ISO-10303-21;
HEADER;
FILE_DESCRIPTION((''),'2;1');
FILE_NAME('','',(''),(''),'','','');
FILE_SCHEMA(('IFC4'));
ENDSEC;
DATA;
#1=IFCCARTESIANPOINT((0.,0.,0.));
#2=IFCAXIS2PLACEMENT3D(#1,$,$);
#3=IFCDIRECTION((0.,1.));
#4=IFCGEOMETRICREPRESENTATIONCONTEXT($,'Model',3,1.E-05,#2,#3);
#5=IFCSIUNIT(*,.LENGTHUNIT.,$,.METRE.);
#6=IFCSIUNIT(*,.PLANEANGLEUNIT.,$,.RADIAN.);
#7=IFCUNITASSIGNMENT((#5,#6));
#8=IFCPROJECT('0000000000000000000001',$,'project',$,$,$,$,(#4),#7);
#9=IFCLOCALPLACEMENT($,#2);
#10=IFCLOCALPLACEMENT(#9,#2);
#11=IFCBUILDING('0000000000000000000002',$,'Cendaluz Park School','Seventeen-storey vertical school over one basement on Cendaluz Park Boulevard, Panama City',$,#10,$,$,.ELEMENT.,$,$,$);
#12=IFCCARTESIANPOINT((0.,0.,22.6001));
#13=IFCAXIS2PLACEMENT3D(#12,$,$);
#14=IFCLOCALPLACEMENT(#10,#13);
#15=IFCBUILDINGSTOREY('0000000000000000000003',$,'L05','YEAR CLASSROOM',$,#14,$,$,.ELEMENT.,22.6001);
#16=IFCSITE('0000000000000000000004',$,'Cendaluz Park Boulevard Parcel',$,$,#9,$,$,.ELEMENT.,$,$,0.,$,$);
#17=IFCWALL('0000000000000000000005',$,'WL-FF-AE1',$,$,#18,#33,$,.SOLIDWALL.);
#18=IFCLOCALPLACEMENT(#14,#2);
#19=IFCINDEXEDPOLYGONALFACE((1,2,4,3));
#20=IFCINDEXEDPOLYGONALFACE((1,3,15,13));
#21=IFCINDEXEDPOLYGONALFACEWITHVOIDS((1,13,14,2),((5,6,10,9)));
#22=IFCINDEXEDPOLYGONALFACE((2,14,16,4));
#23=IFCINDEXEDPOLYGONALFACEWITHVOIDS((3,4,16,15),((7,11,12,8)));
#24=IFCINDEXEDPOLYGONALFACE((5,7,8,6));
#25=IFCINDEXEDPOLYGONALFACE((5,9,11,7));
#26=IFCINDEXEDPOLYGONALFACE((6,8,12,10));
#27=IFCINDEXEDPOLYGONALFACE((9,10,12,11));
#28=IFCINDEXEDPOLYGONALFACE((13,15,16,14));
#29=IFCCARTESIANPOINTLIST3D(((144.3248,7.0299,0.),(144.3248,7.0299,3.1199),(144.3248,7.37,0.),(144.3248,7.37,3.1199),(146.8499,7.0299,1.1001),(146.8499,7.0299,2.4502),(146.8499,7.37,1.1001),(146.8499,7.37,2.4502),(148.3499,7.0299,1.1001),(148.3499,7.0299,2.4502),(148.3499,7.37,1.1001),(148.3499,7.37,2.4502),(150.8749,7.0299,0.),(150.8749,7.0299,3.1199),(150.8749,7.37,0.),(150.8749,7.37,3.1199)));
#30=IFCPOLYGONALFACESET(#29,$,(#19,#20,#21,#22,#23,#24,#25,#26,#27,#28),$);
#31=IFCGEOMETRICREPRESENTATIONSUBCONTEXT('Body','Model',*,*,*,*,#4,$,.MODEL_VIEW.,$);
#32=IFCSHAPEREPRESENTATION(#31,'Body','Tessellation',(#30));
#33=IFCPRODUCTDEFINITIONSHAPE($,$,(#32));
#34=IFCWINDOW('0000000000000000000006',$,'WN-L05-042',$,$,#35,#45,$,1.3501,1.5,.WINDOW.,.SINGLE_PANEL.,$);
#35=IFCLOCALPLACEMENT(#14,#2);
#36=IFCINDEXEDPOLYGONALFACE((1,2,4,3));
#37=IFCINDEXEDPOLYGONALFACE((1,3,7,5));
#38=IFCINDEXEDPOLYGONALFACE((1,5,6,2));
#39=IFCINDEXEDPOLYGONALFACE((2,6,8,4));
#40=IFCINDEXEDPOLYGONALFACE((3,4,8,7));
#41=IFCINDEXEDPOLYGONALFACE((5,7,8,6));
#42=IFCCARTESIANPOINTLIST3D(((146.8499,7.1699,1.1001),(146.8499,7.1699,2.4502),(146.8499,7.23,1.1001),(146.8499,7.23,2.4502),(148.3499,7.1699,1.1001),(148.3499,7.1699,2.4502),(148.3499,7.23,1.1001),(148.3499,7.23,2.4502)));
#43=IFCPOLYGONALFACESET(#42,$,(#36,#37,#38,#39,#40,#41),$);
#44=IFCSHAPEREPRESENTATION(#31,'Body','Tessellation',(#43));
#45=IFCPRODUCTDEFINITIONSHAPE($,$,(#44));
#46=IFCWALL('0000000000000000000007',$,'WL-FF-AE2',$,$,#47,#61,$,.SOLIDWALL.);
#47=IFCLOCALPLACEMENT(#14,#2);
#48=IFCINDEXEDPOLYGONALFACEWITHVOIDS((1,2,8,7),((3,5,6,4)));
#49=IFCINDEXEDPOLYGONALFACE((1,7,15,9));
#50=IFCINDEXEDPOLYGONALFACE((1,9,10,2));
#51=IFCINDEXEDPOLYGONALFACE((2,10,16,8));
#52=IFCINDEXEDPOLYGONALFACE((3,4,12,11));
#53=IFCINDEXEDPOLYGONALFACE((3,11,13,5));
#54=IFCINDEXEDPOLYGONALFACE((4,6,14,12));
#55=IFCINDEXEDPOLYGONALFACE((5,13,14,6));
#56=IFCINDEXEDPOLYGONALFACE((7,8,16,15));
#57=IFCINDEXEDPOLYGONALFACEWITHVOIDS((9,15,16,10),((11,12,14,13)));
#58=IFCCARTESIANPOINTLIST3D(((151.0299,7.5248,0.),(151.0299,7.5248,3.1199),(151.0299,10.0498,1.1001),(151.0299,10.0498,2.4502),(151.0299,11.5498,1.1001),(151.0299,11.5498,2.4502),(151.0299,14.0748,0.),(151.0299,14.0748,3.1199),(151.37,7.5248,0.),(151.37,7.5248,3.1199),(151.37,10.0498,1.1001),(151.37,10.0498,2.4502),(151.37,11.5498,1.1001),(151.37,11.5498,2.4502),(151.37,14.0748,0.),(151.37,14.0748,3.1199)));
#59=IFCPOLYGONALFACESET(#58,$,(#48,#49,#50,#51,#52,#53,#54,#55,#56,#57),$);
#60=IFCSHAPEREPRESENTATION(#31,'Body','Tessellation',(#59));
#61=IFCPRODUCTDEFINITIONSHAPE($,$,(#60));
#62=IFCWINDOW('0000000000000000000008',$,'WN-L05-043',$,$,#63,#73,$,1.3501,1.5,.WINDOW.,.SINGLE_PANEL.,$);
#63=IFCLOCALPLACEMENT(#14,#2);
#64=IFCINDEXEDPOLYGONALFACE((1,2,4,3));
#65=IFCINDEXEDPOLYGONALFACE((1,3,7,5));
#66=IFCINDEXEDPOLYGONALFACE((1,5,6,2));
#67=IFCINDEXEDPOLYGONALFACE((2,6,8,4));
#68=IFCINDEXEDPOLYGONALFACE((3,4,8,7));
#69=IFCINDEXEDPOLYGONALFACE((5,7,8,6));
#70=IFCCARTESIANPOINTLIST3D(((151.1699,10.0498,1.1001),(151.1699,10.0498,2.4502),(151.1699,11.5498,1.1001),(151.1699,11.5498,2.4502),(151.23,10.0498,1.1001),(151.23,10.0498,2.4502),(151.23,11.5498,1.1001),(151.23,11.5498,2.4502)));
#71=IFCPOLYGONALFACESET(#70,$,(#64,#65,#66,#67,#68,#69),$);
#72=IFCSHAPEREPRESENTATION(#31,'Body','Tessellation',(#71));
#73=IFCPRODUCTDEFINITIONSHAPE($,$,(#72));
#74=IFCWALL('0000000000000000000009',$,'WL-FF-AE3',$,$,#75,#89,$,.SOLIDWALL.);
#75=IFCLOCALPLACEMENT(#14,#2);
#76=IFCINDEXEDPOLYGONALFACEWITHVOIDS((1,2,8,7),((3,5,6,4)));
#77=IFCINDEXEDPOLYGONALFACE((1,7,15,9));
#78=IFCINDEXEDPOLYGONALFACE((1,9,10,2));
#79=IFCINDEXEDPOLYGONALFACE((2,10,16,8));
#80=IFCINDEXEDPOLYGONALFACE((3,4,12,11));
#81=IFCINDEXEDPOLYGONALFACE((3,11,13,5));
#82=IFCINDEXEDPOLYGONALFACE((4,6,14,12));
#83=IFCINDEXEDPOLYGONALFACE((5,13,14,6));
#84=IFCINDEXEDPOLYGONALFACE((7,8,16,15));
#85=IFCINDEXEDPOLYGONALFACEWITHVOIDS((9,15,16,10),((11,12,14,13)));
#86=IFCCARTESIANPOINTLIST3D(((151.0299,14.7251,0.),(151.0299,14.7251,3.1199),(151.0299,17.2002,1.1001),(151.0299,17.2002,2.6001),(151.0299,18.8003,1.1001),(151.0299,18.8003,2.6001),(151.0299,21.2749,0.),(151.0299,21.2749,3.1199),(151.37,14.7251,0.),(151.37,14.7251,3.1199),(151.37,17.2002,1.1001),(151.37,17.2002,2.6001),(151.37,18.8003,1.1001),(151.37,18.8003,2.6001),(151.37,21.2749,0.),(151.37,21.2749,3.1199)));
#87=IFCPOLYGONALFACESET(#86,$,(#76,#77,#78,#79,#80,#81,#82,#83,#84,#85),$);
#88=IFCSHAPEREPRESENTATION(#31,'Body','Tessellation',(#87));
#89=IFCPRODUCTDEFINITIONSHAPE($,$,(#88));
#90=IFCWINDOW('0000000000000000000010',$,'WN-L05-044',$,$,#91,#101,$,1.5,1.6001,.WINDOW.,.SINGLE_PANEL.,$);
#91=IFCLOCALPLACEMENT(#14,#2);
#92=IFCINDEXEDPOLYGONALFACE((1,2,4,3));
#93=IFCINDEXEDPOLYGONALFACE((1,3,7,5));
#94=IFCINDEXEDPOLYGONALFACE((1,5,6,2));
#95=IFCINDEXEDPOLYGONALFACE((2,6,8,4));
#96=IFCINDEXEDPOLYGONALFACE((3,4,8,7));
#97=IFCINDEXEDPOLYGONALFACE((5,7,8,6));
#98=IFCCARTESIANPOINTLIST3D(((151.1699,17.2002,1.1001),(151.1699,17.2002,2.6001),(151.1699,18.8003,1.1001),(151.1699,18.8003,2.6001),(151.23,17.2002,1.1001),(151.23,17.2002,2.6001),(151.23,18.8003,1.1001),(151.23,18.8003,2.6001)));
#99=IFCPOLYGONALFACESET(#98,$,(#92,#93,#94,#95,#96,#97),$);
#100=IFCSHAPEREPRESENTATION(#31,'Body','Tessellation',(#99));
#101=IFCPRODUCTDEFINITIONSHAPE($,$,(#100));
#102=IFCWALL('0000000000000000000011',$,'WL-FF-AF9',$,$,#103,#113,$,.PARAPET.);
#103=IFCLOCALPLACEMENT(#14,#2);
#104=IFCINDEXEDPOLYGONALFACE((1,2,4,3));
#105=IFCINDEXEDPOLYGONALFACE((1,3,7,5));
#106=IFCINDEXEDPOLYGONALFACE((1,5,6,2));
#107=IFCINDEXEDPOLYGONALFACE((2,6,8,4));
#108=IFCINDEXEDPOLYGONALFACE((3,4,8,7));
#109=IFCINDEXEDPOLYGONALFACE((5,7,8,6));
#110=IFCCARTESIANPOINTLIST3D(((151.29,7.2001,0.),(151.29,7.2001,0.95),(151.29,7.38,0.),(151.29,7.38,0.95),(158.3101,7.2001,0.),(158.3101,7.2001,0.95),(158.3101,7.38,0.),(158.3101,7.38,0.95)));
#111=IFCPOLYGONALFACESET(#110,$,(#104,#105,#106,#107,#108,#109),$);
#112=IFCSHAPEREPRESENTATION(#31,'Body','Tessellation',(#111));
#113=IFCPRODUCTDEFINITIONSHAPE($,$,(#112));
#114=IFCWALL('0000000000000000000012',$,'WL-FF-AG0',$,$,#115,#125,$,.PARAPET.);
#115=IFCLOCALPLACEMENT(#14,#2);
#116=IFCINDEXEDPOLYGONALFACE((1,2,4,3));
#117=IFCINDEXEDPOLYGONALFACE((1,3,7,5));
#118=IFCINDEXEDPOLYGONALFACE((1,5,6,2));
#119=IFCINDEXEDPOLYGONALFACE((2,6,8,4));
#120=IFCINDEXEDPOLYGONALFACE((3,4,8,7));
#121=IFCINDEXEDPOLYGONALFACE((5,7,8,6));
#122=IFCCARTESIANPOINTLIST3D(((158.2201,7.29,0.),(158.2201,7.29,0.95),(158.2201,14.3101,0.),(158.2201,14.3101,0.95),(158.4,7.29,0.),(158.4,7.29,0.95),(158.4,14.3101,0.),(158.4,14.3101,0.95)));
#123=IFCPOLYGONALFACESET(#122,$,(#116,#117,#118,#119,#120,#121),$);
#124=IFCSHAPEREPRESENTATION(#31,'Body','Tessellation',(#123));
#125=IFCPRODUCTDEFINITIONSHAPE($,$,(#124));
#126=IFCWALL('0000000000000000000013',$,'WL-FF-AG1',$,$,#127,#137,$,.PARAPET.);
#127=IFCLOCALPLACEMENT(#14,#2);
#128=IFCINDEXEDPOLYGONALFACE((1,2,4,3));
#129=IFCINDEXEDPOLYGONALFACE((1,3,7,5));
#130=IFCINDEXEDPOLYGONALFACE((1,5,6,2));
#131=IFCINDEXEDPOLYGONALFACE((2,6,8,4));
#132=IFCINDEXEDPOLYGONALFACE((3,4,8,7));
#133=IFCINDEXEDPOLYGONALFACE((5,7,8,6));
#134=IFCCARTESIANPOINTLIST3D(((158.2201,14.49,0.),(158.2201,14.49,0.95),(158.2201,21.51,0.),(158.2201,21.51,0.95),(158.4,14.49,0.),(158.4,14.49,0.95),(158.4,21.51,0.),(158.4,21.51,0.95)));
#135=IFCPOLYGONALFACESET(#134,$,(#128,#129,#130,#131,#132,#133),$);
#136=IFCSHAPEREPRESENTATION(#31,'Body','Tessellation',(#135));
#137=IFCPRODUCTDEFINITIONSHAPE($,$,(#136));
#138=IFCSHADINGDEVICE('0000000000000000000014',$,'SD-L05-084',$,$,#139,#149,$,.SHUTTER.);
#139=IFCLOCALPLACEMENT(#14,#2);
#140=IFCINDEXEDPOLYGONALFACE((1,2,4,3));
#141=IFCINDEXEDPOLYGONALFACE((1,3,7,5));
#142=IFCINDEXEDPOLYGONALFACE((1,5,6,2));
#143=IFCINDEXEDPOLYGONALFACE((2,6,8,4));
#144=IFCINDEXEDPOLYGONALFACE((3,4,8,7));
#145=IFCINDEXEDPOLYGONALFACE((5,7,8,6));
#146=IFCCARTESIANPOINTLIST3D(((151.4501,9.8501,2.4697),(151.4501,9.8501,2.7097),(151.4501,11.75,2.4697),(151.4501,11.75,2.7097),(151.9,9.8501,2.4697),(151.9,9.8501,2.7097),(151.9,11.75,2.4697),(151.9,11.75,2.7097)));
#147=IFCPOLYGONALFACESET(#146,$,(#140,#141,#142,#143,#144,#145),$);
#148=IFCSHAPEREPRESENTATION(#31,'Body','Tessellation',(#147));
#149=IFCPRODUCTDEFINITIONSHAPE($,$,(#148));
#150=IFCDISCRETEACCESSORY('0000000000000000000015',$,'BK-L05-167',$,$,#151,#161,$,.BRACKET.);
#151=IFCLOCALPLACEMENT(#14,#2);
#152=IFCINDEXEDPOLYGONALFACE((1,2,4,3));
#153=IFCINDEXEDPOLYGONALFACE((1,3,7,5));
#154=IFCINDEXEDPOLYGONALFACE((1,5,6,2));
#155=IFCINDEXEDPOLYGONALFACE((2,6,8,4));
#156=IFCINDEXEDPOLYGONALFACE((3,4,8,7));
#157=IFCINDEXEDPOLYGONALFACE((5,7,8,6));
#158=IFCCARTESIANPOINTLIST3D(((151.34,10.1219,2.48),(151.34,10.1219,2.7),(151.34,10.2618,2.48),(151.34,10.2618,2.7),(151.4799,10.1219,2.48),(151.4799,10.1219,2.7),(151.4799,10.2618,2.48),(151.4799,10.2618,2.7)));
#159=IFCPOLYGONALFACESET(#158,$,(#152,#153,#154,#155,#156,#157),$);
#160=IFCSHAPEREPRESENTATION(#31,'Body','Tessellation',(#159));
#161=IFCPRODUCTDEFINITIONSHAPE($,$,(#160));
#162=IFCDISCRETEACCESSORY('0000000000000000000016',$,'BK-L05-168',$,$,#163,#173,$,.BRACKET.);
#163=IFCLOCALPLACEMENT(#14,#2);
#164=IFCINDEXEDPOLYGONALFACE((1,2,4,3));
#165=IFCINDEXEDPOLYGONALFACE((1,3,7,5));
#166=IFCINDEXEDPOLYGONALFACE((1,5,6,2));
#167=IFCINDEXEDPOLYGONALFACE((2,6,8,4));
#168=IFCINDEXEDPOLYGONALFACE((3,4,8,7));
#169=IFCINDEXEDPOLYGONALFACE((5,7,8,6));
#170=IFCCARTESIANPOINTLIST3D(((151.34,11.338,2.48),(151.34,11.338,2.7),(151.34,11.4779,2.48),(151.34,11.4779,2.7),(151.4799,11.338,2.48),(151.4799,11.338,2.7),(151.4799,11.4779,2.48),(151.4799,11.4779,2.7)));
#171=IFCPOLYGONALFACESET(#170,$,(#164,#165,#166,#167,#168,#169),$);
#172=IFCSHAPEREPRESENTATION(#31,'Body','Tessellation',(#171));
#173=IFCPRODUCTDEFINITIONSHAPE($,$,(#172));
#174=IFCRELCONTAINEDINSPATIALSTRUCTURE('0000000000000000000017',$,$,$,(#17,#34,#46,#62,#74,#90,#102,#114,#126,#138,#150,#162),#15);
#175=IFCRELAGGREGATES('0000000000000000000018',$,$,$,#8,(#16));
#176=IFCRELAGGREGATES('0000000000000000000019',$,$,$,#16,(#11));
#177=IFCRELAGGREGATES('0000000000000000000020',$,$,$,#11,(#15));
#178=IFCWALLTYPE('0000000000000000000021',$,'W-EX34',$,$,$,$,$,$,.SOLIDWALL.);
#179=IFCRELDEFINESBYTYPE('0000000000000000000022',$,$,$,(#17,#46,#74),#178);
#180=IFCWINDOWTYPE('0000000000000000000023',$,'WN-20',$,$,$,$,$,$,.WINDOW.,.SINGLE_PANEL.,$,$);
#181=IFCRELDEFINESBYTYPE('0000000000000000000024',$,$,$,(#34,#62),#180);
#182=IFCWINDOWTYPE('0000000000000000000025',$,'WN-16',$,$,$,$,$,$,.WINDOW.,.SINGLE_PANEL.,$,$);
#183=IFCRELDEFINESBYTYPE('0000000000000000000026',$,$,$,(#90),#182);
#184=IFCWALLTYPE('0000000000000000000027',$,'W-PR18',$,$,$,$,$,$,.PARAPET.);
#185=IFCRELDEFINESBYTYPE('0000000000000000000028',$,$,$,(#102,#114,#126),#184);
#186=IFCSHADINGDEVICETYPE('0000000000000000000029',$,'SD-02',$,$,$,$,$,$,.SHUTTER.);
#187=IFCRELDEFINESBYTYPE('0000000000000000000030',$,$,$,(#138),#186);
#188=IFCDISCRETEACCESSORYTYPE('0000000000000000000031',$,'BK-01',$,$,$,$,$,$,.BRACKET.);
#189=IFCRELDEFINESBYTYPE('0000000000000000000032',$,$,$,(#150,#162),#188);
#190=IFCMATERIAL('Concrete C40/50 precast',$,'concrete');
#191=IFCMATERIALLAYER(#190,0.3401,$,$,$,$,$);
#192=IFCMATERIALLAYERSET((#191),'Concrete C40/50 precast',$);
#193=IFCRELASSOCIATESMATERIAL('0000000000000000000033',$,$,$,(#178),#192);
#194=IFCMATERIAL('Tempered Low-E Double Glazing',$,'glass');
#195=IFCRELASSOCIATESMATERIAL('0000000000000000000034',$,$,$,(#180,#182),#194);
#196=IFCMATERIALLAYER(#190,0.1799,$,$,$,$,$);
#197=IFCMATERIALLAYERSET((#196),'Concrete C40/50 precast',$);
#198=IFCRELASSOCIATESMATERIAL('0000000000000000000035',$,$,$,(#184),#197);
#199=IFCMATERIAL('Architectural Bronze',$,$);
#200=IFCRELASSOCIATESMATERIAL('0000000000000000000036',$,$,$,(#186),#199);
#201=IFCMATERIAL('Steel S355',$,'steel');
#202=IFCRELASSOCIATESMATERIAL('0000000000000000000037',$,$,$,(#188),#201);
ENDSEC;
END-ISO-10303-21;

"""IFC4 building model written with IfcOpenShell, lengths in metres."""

from ifc_helpers import new_model, si_unit, direction, frame, frame_2d, origin, origin_2d, place, context, subcontext, project, spatial, rectangle, extrude, material, layer, layer_set, type_object, element, fill, save


model = new_model("IFC4")

# Units and contexts
model_context = context("Model", 3, precision=1e-05, world=origin(), true_north=direction((0.0, 1.0)))
body_context = subcontext(model_context, "Body", "Model", "MODEL_VIEW")
ifc_project = project(units=[si_unit("LENGTHUNIT", "METRE"), si_unit("PLANEANGLEUNIT", "RADIAN")], contexts=[model_context])

# Site, building, storey
site_placement = place(None, origin())
site = spatial("IfcSite", under=ifc_project, at=site_placement, Name="Cendaluz Park Boulevard Parcel", CompositionType="ELEMENT", RefElevation=0.0)
building_placement = place(site_placement, origin())
building = spatial("IfcBuilding", under=site, at=building_placement, Name="Cendaluz Park School", Description="Seventeen-storey vertical school over one basement on Cendaluz Park Boulevard, Panama City", CompositionType="ELEMENT")
storey_placement = place(building_placement, frame((0.0, 0.0, 22.6001)))
storey = spatial("IfcBuildingStorey", under=building, at=storey_placement, Name="L05", Description="YEAR CLASSROOM", CompositionType="ELEMENT", Elevation=22.6001)

# Walls, openings, windows
ifc_material_1 = material(Name="Concrete C40/50 precast", Category="concrete")
ifc_layer_1 = layer(ifc_material_1, 0.3401)
ifc_layer_set_1 = layer_set([ifc_layer_1], Name="Concrete C40/50 precast")
wall_type_1 = type_object("IfcWallType", Name="W-EX34", PredefinedType="SOLIDWALL", material=ifc_layer_set_1)
wall_1_placement = place(storey_placement, frame((144.325, 7.2, 0.0), z_axis=(0.0, 0.0, 1.0), x_axis=(1.0, 0.0, 0.0)))
wall_1 = element("IfcWall", 1, at=wall_1_placement, inside=storey, type_object=wall_type_1, Name="WL-FF-AE1", PredefinedType="SOLIDWALL", context=body_context, shape_type="SweptSolid", body=[
    extrude(rectangle(XDim=6.55, YDim=0.3401, at=frame_2d((3.2749, 0.0))), origin(), (0.0, 0.0, 1.0), 3.1199),
])
opening_1_placement = place(wall_1_placement, frame((2.5249, 0.0, 1.1001)))
opening_1 = element("IfcOpeningElement", 2, at=opening_1_placement, cuts=wall_1, PredefinedType="OPENING", context=body_context, shape_type="SweptSolid", body=[
    extrude(rectangle(XDim=1.5, YDim=1.3501, at=frame_2d((0.75, 0.675))), frame((0.0, 0.1821, 0.0), z_axis=(0.0, -1.0, 0.0), x_axis=(1.0, 0.0, 0.0)), (0.0, 0.0, 1.0), 0.364),
])
ifc_material_2 = material(Name="Tempered Low-E Double Glazing", Category="glass")
window_type_1 = type_object("IfcWindowType", Name="WN-20", PartitioningType="SINGLE_PANEL", PredefinedType="WINDOW", material=ifc_material_2)
window_1_placement = place(opening_1_placement, origin())
window_1 = element("IfcWindow", 3, at=window_1_placement, inside=storey, type_object=window_type_1, Name="WN-L05-042", OverallHeight=1.3501, OverallWidth=1.5, PartitioningType="SINGLE_PANEL", PredefinedType="WINDOW", context=body_context, shape_type="SweptSolid", body=[
    extrude(rectangle(XDim=1.5, YDim=1.3501, at=frame_2d((0.75, 0.675))), frame((0.0, 0.03, 0.0), z_axis=(0.0, -1.0, 0.0), x_axis=(1.0, 0.0, 0.0)), (0.0, 0.0, 1.0), 0.0601),
])
fill(opening_1, window_1)
wall_2_placement = place(storey_placement, frame((151.2, 7.5249, 0.0), z_axis=(0.0, 0.0, 1.0), x_axis=(0.0, 1.0, 0.0)))
wall_2 = element("IfcWall", 4, at=wall_2_placement, inside=storey, type_object=wall_type_1, Name="WL-FF-AE2", PredefinedType="SOLIDWALL", context=body_context, shape_type="SweptSolid", body=[
    extrude(rectangle(XDim=6.55, YDim=0.3401, at=frame_2d((3.2749, 0.0))), origin(), (0.0, 0.0, 1.0), 3.1199),
])
opening_2_placement = place(wall_2_placement, frame((2.5249, 0.0, 1.1001)))
opening_2 = element("IfcOpeningElement", 5, at=opening_2_placement, cuts=wall_2, PredefinedType="OPENING", context=body_context, shape_type="SweptSolid", body=[
    extrude(rectangle(XDim=1.5, YDim=1.3501, at=frame_2d((0.75, 0.675))), frame((0.0, 0.1821, 0.0), z_axis=(0.0, -1.0, 0.0), x_axis=(1.0, 0.0, 0.0)), (0.0, 0.0, 1.0), 0.364),
])
window_2_placement = place(opening_2_placement, origin())
window_2 = element("IfcWindow", 6, at=window_2_placement, inside=storey, type_object=window_type_1, Name="WN-L05-043", OverallHeight=1.3501, OverallWidth=1.5, PartitioningType="SINGLE_PANEL", PredefinedType="WINDOW", context=body_context, shape_type="SweptSolid", body=[
    extrude(rectangle(XDim=1.5, YDim=1.3501, at=frame_2d((0.75, 0.675))), frame((0.0, 0.03, 0.0), z_axis=(0.0, -1.0, 0.0), x_axis=(1.0, 0.0, 0.0)), (0.0, 0.0, 1.0), 0.0601),
])
fill(opening_2, window_2)
wall_3_placement = place(storey_placement, frame((151.2, 14.7251, 0.0), z_axis=(0.0, 0.0, 1.0), x_axis=(0.0, 1.0, 0.0)))
wall_3 = element("IfcWall", 7, at=wall_3_placement, inside=storey, type_object=wall_type_1, Name="WL-FF-AE3", PredefinedType="SOLIDWALL", context=body_context, shape_type="SweptSolid", body=[
    extrude(rectangle(XDim=6.5498, YDim=0.3401, at=frame_2d((3.2749, 0.0))), origin(), (0.0, 0.0, 1.0), 3.1199),
])
opening_3_placement = place(wall_3_placement, frame((2.4751, 0.0, 1.1001)))
opening_3 = element("IfcOpeningElement", 8, at=opening_3_placement, cuts=wall_3, PredefinedType="OPENING", context=body_context, shape_type="SweptSolid", body=[
    extrude(rectangle(XDim=1.6001, YDim=1.5, at=frame_2d((0.8, 0.75))), frame((0.0, 0.1821, 0.0), z_axis=(0.0, -1.0, 0.0), x_axis=(1.0, 0.0, 0.0)), (0.0, 0.0, 1.0), 0.364),
])
window_type_2 = type_object("IfcWindowType", Name="WN-16", PartitioningType="SINGLE_PANEL", PredefinedType="WINDOW", material=ifc_material_2)
window_3_placement = place(opening_3_placement, origin())
window_3 = element("IfcWindow", 9, at=window_3_placement, inside=storey, type_object=window_type_2, Name="WN-L05-044", OverallHeight=1.5, OverallWidth=1.6001, PartitioningType="SINGLE_PANEL", PredefinedType="WINDOW", context=body_context, shape_type="SweptSolid", body=[
    extrude(rectangle(XDim=1.6001, YDim=1.5, at=frame_2d((0.8, 0.75))), frame((0.0, 0.03, 0.0), z_axis=(0.0, -1.0, 0.0), x_axis=(1.0, 0.0, 0.0)), (0.0, 0.0, 1.0), 0.0601),
])
fill(opening_3, window_3)

# Walls
ifc_layer_2 = layer(ifc_material_1, 0.1799)
ifc_layer_set_2 = layer_set([ifc_layer_2], Name="Concrete C40/50 precast")
wall_type_2 = type_object("IfcWallType", Name="W-PR18", PredefinedType="PARAPET", material=ifc_layer_set_2)
for number, where, z_axis, x_axis, name in (
    (10, (151.29, 7.29, 0.0), (0.0, 0.0, 1.0), (1.0, 0.0, 0.0), "WL-FF-AF9"),
    (11, (158.3101, 7.29, 0.0), (0.0, 0.0, 1.0), (0.0, 1.0, 0.0), "WL-FF-AG0"),
    (12, (158.3101, 14.49, 0.0), (0.0, 0.0, 1.0), (0.0, 1.0, 0.0), "WL-FF-AG1"),
):
    element("IfcWall", number, at=place(storey_placement, frame(where, z_axis=z_axis, x_axis=x_axis)), inside=storey, type_object=wall_type_2, Name=name, PredefinedType="PARAPET", context=body_context, shape_type="SweptSolid", body=[
        extrude(rectangle(XDim=7.02, YDim=0.1799, at=frame_2d((3.51, 0.0))), origin(), (0.0, 0.0, 1.0), 0.95),
    ])

# Shading device
ifc_material_3 = material(Name="Architectural Bronze")
shading_device_type = type_object("IfcShadingDeviceType", Name="SD-02", PredefinedType="SHUTTER", material=ifc_material_3)
shading_device_placement = place(storey_placement, frame((151.675, 10.8, 2.4697), z_axis=(0.0, 0.0, 1.0), x_axis=(0.0, 1.0, 0.0)))
element("IfcShadingDevice", 13, at=shading_device_placement, inside=storey, type_object=shading_device_type, Name="SD-L05-084", PredefinedType="SHUTTER", context=body_context, shape_type="SweptSolid", body=[
    extrude(rectangle(XDim=1.8999, YDim=0.45, at=origin_2d()), origin(), (0.0, 0.0, 1.0), 0.24),
])

# Discrete accessories
ifc_material_4 = material(Name="Steel S355", Category="steel")
discrete_accessory_type = type_object("IfcDiscreteAccessoryType", Name="BK-01", PredefinedType="BRACKET", material=ifc_material_4)
for number, where, z_axis, x_axis, name in (
    (14, (151.4099, 10.1919, 2.48), (0.0, 0.0, 1.0), (0.0, 1.0, 0.0), "BK-L05-167"),
    (15, (151.4099, 11.408, 2.48), (0.0, 0.0, 1.0), (0.0, 1.0, 0.0), "BK-L05-168"),
):
    element("IfcDiscreteAccessory", number, at=place(storey_placement, frame(where, z_axis=z_axis, x_axis=x_axis)), inside=storey, type_object=discrete_accessory_type, Name=name, PredefinedType="BRACKET", context=body_context, shape_type="SweptSolid", body=[
        extrude(rectangle(XDim=0.1399, YDim=0.1399, at=origin_2d()), origin(), (0.0, 0.0, 1.0), 0.22),
    ])

save(model, "model.ifc")
